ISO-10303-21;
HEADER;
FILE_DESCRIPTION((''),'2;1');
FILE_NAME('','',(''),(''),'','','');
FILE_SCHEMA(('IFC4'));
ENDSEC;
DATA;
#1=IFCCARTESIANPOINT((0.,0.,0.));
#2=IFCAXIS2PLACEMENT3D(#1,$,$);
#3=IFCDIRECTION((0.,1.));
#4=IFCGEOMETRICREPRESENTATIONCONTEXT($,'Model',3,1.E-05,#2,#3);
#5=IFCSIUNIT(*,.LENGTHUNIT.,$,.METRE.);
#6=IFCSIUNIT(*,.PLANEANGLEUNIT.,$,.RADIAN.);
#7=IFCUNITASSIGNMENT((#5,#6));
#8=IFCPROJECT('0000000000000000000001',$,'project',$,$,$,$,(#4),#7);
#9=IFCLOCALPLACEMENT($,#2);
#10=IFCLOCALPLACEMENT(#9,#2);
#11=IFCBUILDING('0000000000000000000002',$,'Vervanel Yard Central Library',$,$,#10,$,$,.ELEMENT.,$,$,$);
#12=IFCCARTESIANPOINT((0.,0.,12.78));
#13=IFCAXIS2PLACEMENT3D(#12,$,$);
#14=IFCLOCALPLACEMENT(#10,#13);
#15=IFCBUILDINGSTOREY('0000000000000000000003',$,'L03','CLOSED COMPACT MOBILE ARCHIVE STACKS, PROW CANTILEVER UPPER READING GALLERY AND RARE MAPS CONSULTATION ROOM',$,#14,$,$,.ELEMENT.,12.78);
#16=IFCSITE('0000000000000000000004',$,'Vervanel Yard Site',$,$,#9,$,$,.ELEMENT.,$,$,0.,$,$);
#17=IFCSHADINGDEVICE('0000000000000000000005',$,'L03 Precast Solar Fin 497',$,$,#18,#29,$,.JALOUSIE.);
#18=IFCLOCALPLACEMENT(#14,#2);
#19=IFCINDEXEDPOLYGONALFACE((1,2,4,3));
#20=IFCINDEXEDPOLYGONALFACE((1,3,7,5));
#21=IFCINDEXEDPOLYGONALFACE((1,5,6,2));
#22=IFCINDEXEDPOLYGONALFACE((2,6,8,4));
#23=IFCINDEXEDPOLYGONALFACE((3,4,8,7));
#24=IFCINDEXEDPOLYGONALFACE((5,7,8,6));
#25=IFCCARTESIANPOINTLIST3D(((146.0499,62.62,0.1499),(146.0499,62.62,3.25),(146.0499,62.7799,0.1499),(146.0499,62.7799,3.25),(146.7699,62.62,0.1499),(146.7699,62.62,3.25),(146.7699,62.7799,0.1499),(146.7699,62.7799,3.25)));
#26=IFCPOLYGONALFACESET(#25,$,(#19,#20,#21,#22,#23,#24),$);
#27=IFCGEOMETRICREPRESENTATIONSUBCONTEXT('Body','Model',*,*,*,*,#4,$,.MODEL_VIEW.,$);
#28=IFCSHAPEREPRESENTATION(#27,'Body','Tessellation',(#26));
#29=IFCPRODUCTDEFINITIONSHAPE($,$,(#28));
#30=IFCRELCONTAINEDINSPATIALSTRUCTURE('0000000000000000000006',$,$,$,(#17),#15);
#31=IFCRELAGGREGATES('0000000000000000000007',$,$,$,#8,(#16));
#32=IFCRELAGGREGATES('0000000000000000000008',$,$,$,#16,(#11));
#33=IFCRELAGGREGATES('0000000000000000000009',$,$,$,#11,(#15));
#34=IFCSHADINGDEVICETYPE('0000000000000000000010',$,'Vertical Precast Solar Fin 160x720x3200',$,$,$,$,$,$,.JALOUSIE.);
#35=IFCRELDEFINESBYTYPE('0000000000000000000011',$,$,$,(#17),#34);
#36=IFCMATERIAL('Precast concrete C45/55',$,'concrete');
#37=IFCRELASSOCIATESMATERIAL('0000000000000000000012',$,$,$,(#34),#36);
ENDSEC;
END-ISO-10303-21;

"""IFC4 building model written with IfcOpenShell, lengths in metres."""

from ifc_helpers import new_model, si_unit, direction, frame, origin, origin_2d, place, context, subcontext, project, spatial, rectangle, extrude, material, type_object, element, save


model = new_model("IFC4")

# Units and contexts
model_context = context("Model", 3, precision=1e-05, world=origin(), true_north=direction((0.0, 1.0)))
body_context = subcontext(model_context, "Body", "Model", "MODEL_VIEW")
ifc_project = project(units=[si_unit("LENGTHUNIT", "METRE"), si_unit("PLANEANGLEUNIT", "RADIAN")], contexts=[model_context])

# Site, building, storey
site_placement = place(None, origin())
site = spatial("IfcSite", under=ifc_project, at=site_placement, Name="Vervanel Yard Site", CompositionType="ELEMENT", RefElevation=0.0)
building_placement = place(site_placement, origin())
building = spatial("IfcBuilding", under=site, at=building_placement, Name="Vervanel Yard Central Library", CompositionType="ELEMENT")
storey_placement = place(building_placement, frame((0.0, 0.0, 12.78)))
storey = spatial("IfcBuildingStorey", under=building, at=storey_placement, Name="L03", Description="CLOSED COMPACT MOBILE ARCHIVE STACKS, PROW CANTILEVER UPPER READING GALLERY AND RARE MAPS CONSULTATION ROOM", CompositionType="ELEMENT", Elevation=12.78)

# Shading device
ifc_material_1 = material(Name="Precast concrete C45/55", Category="concrete")
shading_device_type = type_object("IfcShadingDeviceType", Name="Vertical Precast Solar Fin 160x720x3200", PredefinedType="JALOUSIE", material=ifc_material_1)
shading_device_placement = place(storey_placement, frame((146.4099, 62.7, 0.1499), z_axis=(0.0, 0.0, 1.0), x_axis=(0.0, 1.0, 0.0)))
element("IfcShadingDevice", 1, at=shading_device_placement, inside=storey, type_object=shading_device_type, Name="L03 Precast Solar Fin 497", PredefinedType="JALOUSIE", context=body_context, shape_type="SweptSolid", body=[
    extrude(rectangle(XDim=0.1599, YDim=0.72, at=origin_2d()), origin(), (0.0, 0.0, 1.0), 3.1001),
])

save(model, "model.ifc")
